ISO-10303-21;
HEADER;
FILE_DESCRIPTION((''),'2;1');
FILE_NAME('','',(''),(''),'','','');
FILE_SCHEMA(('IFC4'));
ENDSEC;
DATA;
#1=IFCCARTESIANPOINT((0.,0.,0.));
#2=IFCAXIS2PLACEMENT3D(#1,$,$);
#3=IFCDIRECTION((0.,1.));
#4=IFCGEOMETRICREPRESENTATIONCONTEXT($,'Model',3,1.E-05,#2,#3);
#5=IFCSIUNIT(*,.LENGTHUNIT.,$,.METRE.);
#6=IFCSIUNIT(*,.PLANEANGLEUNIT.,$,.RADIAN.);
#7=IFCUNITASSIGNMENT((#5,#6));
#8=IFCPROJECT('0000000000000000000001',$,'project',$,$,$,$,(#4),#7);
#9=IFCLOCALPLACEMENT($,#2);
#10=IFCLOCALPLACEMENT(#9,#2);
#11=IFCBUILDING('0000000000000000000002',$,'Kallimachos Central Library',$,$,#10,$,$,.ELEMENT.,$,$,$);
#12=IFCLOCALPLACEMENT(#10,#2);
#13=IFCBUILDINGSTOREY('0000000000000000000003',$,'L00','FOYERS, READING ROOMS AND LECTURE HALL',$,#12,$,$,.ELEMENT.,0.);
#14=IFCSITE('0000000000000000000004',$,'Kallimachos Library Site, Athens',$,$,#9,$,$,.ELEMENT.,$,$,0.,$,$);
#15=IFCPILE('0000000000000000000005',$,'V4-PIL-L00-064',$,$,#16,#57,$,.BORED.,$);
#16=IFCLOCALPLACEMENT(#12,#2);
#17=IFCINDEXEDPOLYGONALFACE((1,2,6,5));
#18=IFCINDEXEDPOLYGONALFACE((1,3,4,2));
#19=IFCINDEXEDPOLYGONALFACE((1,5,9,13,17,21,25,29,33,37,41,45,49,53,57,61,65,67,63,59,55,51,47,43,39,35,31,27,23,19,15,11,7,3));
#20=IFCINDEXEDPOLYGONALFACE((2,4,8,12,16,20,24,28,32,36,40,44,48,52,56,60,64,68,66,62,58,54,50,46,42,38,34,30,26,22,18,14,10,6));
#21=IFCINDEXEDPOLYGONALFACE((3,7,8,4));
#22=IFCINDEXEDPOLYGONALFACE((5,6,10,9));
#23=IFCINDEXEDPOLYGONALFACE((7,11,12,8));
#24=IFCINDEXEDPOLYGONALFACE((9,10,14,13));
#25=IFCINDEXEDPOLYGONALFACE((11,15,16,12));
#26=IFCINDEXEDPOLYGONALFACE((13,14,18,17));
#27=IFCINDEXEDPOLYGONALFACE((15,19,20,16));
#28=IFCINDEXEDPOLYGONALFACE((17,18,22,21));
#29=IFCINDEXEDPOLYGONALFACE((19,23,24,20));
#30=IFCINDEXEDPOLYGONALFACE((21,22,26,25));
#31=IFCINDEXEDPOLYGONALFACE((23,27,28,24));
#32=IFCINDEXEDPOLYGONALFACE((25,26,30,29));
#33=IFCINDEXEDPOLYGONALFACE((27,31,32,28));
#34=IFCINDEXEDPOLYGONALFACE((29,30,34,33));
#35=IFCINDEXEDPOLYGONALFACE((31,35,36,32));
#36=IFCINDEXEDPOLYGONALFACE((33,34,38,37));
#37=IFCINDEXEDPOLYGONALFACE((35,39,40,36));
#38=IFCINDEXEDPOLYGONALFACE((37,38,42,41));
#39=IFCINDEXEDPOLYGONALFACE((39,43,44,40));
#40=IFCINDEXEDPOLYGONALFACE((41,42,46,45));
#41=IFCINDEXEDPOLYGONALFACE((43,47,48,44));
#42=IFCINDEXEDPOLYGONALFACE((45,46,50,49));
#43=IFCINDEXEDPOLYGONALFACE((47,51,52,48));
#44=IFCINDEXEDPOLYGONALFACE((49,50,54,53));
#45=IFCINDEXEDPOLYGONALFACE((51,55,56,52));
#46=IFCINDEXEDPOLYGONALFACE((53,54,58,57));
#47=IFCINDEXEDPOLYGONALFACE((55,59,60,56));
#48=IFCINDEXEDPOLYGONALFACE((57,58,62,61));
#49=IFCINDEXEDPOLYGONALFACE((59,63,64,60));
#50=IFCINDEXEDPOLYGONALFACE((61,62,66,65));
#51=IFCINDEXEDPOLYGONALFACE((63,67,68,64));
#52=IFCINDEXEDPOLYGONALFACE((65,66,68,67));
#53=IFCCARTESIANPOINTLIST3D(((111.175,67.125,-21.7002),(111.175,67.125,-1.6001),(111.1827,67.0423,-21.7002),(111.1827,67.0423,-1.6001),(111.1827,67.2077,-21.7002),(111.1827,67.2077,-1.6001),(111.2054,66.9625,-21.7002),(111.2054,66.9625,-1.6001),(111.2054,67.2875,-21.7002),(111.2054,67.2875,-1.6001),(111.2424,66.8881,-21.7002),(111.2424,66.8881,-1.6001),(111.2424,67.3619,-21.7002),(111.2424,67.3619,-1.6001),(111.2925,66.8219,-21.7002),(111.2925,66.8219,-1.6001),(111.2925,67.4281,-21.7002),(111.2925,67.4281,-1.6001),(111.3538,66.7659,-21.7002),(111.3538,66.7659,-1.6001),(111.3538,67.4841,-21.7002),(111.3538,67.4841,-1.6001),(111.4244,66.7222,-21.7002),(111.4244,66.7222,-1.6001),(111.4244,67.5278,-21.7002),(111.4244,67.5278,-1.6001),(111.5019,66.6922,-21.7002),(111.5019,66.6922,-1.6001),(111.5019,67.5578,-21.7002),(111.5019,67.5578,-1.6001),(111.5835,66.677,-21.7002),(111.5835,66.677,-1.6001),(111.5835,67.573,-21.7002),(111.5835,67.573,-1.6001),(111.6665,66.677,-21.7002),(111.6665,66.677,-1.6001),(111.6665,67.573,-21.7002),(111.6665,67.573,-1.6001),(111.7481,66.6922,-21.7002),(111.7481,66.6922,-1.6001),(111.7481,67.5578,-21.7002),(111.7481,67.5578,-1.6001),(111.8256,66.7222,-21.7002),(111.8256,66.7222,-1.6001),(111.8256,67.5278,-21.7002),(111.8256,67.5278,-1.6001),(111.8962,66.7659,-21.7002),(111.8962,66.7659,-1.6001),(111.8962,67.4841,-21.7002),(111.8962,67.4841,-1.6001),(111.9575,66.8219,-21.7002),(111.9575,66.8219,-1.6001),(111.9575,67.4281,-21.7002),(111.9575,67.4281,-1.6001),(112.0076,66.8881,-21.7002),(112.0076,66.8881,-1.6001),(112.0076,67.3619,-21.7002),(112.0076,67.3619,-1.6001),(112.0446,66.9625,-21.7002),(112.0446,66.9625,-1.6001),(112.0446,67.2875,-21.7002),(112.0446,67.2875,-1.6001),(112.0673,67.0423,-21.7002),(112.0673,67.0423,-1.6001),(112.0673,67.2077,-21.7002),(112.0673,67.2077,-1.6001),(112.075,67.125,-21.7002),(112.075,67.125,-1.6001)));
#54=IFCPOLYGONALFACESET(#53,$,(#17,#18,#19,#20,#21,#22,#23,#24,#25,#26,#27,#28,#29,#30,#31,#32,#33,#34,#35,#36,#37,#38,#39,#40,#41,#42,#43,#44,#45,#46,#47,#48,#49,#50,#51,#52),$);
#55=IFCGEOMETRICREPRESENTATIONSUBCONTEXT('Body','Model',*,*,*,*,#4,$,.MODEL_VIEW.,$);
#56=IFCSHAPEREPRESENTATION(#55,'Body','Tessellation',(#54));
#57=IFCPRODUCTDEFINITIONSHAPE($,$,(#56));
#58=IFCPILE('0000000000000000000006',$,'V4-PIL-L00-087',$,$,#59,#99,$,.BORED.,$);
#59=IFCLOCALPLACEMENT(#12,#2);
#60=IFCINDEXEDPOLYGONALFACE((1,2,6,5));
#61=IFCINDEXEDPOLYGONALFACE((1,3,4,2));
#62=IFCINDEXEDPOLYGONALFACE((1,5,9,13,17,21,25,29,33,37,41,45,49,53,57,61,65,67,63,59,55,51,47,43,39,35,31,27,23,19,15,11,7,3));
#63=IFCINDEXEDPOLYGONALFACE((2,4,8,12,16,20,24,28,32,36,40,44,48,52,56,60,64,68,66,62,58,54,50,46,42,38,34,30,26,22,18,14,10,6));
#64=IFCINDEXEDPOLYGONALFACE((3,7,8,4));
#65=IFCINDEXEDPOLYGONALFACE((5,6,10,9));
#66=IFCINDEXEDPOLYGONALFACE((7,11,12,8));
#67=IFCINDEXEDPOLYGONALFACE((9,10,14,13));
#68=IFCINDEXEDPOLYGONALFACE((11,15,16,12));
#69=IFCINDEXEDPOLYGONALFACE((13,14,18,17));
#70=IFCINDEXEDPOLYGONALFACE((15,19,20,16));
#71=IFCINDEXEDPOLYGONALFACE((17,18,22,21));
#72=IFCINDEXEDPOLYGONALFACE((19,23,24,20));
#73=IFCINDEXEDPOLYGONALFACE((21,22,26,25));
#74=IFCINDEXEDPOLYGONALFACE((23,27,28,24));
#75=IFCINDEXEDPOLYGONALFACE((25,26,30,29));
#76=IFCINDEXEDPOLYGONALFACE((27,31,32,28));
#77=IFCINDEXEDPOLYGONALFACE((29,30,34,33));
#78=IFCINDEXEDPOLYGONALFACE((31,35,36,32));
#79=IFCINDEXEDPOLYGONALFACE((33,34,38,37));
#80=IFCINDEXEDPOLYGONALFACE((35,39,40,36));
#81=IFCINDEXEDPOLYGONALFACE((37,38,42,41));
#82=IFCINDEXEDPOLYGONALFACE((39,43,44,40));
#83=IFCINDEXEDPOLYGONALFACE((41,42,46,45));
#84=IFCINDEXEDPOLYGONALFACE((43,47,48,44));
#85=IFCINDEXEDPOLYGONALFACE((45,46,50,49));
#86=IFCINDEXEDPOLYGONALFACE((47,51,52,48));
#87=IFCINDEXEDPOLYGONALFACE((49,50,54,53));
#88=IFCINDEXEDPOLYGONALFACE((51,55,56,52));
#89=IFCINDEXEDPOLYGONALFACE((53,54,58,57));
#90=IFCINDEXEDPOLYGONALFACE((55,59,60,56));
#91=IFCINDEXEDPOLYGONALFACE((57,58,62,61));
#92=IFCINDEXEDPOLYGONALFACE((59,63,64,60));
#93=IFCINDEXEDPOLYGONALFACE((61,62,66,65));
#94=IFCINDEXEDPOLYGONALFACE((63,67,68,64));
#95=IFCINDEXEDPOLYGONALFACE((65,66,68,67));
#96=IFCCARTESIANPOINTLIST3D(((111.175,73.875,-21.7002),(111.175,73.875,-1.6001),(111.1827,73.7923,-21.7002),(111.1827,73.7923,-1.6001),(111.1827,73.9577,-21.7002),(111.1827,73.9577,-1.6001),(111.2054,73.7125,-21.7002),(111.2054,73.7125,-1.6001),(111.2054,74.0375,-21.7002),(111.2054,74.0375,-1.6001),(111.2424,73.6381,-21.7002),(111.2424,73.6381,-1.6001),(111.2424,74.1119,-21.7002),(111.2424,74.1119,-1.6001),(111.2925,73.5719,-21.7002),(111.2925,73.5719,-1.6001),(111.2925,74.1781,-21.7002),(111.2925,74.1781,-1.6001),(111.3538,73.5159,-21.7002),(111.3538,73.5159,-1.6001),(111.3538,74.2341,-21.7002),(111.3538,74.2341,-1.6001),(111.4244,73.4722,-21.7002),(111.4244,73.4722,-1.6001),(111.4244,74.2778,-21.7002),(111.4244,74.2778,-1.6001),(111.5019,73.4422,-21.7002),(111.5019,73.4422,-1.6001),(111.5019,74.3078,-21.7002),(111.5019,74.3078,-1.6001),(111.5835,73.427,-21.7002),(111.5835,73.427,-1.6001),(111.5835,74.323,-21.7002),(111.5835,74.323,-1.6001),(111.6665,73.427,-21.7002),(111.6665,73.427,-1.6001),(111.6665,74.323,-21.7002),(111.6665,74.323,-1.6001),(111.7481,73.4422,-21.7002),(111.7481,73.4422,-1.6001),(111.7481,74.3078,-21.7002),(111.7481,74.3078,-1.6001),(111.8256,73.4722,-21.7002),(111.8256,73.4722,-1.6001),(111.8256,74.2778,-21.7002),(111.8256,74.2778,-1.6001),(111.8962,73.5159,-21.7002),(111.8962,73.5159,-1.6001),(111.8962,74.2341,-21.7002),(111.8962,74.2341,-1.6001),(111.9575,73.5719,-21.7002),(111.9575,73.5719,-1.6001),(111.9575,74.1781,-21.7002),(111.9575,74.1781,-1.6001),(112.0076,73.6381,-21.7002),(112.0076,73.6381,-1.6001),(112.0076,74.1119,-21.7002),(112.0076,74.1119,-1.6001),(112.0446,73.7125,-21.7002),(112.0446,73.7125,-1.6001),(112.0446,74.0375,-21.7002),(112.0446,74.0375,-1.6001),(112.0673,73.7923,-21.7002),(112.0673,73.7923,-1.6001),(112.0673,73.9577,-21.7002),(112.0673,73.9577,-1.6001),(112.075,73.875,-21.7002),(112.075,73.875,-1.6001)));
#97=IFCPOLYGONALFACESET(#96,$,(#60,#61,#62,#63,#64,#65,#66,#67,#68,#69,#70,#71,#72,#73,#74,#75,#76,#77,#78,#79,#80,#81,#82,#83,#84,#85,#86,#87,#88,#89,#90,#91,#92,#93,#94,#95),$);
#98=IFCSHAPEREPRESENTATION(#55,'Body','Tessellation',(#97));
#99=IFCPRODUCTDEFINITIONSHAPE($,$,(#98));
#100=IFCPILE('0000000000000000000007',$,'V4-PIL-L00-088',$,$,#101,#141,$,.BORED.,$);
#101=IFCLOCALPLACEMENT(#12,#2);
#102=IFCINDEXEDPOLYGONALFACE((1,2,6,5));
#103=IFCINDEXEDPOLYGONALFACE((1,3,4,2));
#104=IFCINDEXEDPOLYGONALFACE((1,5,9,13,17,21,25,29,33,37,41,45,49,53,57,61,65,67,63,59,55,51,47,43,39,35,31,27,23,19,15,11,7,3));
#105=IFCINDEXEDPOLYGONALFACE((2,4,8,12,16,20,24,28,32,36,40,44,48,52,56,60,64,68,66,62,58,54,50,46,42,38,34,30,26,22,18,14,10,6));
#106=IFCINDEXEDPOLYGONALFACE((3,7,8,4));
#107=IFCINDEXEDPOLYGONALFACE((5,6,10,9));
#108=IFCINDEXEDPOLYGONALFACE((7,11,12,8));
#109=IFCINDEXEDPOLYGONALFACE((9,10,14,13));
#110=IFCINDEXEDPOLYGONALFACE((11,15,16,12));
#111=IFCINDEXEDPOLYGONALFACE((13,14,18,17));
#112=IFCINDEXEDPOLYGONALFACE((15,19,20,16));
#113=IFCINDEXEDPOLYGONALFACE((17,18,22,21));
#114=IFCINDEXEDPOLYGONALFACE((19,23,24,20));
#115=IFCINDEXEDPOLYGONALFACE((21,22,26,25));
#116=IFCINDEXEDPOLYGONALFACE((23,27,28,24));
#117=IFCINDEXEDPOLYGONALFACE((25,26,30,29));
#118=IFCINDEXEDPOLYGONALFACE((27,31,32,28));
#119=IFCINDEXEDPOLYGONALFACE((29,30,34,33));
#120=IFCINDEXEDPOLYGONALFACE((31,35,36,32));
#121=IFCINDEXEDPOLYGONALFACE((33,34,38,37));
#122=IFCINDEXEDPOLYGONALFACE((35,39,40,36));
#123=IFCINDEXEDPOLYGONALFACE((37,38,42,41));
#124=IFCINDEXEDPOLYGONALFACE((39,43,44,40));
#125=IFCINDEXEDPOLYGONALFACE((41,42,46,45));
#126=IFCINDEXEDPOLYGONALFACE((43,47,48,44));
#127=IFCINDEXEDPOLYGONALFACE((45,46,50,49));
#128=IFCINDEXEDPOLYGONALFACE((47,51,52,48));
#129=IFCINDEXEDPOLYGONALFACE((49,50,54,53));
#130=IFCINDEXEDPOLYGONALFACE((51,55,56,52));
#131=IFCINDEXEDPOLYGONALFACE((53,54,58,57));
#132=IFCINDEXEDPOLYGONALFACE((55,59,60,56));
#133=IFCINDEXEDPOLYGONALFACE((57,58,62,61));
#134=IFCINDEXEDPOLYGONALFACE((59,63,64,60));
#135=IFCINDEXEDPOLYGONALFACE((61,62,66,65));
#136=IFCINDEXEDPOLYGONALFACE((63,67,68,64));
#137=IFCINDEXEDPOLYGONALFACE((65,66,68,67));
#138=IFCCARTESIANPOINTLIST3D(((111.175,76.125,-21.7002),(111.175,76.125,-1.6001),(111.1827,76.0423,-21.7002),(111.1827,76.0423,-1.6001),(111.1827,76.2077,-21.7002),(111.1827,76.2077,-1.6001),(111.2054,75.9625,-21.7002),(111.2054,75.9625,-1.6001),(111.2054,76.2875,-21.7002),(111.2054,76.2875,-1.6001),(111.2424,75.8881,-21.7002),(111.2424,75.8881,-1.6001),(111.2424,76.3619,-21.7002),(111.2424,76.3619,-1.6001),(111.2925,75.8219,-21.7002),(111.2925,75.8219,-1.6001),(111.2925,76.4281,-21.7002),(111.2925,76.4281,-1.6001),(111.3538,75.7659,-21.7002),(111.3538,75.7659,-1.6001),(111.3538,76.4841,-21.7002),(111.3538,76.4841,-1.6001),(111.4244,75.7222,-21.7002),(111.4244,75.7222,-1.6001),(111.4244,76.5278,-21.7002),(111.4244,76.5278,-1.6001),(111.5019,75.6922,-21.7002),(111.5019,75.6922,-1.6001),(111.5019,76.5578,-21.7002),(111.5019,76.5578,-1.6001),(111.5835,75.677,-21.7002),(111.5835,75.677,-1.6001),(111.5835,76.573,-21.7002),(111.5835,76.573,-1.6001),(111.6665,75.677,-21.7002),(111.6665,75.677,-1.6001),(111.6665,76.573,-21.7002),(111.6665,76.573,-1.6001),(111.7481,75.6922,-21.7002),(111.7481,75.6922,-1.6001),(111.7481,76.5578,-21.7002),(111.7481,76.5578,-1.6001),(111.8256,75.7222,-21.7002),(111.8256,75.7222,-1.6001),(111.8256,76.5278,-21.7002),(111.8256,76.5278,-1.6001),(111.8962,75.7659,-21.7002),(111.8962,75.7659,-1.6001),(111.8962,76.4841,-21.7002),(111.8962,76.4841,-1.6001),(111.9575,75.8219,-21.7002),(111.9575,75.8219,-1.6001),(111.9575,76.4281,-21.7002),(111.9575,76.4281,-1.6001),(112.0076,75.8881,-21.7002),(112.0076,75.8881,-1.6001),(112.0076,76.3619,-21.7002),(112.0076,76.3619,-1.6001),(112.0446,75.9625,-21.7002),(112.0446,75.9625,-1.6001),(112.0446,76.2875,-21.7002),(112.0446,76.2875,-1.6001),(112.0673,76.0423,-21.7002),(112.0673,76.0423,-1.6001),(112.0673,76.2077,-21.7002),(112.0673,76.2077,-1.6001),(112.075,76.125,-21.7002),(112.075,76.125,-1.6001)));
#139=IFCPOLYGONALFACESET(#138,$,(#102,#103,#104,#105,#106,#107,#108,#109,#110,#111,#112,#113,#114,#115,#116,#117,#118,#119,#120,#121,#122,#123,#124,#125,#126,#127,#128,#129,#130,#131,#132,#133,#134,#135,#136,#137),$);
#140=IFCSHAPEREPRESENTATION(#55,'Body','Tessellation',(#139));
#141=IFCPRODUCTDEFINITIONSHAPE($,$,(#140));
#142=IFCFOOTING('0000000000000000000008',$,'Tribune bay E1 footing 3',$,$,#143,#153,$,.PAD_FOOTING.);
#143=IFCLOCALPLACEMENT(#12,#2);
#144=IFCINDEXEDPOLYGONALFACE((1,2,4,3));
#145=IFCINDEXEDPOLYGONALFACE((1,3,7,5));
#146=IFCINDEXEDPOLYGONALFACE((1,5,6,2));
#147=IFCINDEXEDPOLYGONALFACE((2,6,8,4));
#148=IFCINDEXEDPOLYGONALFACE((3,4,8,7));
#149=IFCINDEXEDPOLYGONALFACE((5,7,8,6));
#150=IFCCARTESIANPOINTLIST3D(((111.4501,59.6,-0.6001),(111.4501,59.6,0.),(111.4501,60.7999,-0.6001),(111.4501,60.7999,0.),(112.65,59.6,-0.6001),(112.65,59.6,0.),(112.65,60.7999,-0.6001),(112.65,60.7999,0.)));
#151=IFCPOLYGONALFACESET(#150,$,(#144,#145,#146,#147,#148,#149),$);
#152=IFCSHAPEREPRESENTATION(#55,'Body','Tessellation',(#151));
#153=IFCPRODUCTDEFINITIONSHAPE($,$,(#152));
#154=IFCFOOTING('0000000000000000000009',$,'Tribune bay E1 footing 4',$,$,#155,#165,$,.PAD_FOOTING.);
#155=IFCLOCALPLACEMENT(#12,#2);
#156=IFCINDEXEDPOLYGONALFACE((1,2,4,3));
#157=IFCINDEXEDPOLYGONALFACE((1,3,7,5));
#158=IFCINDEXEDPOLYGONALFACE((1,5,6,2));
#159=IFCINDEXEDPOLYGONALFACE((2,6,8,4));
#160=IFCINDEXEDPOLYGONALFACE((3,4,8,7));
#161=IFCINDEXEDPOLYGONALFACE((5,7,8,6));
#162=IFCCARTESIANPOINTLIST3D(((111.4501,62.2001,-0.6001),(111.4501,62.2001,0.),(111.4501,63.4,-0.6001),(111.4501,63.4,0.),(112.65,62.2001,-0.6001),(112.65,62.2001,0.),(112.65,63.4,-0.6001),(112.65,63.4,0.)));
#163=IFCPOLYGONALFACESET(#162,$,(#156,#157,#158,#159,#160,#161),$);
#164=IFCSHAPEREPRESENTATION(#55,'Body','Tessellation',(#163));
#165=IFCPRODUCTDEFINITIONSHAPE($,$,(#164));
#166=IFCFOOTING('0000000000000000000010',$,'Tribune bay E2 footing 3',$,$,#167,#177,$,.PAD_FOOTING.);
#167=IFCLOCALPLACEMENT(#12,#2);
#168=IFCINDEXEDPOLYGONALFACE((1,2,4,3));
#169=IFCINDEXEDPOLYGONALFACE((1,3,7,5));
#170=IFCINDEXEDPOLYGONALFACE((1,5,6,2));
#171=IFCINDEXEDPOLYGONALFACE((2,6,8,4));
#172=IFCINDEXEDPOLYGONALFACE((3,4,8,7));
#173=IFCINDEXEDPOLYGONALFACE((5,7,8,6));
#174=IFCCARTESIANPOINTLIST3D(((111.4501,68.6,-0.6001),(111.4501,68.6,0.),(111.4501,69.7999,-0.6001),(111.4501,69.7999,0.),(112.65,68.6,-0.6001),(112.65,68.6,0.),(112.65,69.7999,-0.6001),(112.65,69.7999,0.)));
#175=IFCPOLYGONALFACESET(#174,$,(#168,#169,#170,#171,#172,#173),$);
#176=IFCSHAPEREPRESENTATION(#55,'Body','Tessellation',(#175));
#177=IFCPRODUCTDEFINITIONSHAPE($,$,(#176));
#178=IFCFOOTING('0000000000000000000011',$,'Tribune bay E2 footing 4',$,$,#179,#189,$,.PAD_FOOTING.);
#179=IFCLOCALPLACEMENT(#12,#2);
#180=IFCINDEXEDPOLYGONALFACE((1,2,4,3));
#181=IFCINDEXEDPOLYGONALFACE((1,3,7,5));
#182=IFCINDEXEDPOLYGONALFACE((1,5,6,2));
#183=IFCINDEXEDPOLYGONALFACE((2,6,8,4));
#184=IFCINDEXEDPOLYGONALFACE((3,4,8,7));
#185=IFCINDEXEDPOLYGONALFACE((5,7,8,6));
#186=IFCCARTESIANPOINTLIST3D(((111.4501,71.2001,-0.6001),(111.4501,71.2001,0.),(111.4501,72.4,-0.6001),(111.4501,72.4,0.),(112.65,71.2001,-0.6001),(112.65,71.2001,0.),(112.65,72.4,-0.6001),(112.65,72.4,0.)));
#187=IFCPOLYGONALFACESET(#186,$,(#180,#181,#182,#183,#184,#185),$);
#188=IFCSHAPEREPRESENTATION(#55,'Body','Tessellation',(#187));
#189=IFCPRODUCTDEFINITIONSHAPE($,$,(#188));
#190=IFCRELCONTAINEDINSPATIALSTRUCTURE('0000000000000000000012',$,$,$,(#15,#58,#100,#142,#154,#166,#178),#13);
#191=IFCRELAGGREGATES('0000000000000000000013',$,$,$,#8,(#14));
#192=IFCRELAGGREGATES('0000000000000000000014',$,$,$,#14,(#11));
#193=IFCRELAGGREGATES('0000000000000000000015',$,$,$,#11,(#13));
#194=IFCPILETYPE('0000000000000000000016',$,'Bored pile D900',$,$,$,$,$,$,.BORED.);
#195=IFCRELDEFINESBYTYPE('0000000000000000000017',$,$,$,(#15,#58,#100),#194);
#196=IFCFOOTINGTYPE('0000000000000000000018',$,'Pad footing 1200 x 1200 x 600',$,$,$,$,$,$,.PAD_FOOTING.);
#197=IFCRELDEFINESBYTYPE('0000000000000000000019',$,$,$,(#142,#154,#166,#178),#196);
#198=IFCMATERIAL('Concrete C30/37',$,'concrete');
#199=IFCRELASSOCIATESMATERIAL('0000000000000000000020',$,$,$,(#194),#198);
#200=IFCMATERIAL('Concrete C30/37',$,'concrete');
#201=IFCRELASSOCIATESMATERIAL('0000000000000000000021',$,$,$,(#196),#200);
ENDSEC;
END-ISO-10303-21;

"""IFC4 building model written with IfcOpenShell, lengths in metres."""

from ifc_helpers import new_model, si_unit, direction, frame, origin, origin_2d, place, context, subcontext, project, spatial, rectangle, circle, extrude, material, type_object, element, save


model = new_model("IFC4")

# Units and contexts
model_context = context("Model", 3, precision=1e-05, world=origin(), true_north=direction((0.0, 1.0)))
body_context = subcontext(model_context, "Body", "Model", "MODEL_VIEW")
ifc_project = project(units=[si_unit("LENGTHUNIT", "METRE"), si_unit("PLANEANGLEUNIT", "RADIAN")], contexts=[model_context])

# Site, building, storey
site_placement = place(None, origin())
site = spatial("IfcSite", under=ifc_project, at=site_placement, Name="Kallimachos Library Site, Athens", CompositionType="ELEMENT", RefElevation=0.0)
building_placement = place(site_placement, origin())
building = spatial("IfcBuilding", under=site, at=building_placement, Name="Kallimachos Central Library", CompositionType="ELEMENT")
storey_placement = place(building_placement, origin())
storey = spatial("IfcBuildingStorey", under=building, at=storey_placement, Name="L00", Description="FOYERS, READING ROOMS AND LECTURE HALL", CompositionType="ELEMENT", Elevation=0.0)

# Piles
ifc_material_1 = material(Name="Concrete C30/37", Category="concrete")
pile_type = type_object("IfcPileType", Name="Bored pile D900", PredefinedType="BORED", material=ifc_material_1)
for number, where, z_axis, x_axis, name in (
    (1, (111.625, 67.125, -1.6001), (0.0, 0.0, -1.0), (1.0, 0.0, 0.0), "V4-PIL-L00-064"),
    (2, (111.625, 73.875, -1.6001), (0.0, 0.0, -1.0), (1.0, 0.0, 0.0), "V4-PIL-L00-087"),
    (3, (111.625, 76.125, -1.6001), (0.0, 0.0, -1.0), (1.0, 0.0, 0.0), "V4-PIL-L00-088"),
):
    element("IfcPile", number, at=place(storey_placement, frame(where, z_axis=z_axis, x_axis=x_axis)), inside=storey, type_object=pile_type, Name=name, PredefinedType="BORED", context=body_context, shape_type="SweptSolid", body=[
        extrude(circle(Radius=0.45, at=origin_2d()), origin(), (0.0, 0.0, 1.0), 20.1001),
    ])

# Footings
ifc_material_2 = material(Name="Concrete C30/37", Category="concrete")
footing_type = type_object("IfcFootingType", Name="Pad footing 1200 x 1200 x 600", PredefinedType="PAD_FOOTING", material=ifc_material_2)
for number, where, z_axis, x_axis, name in (
    (4, (112.05, 60.2, -0.6001), (0.0, 0.0, 1.0), (1.0, 0.0, 0.0), "Tribune bay E1 footing 3"),
    (5, (112.05, 62.8, -0.6001), (0.0, 0.0, 1.0), (1.0, 0.0, 0.0), "Tribune bay E1 footing 4"),
    (6, (112.05, 69.2, -0.6001), (0.0, 0.0, 1.0), (1.0, 0.0, 0.0), "Tribune bay E2 footing 3"),
    (7, (112.05, 71.8, -0.6001), (0.0, 0.0, 1.0), (1.0, 0.0, 0.0), "Tribune bay E2 footing 4"),
):
    element("IfcFooting", number, at=place(storey_placement, frame(where, z_axis=z_axis, x_axis=x_axis)), inside=storey, type_object=footing_type, Name=name, PredefinedType="PAD_FOOTING", context=body_context, shape_type="SweptSolid", body=[
        extrude(rectangle(XDim=1.2, YDim=1.2, at=origin_2d()), origin(), (0.0, 0.0, 1.0), 0.6001),
    ])

save(model, "model.ifc")
